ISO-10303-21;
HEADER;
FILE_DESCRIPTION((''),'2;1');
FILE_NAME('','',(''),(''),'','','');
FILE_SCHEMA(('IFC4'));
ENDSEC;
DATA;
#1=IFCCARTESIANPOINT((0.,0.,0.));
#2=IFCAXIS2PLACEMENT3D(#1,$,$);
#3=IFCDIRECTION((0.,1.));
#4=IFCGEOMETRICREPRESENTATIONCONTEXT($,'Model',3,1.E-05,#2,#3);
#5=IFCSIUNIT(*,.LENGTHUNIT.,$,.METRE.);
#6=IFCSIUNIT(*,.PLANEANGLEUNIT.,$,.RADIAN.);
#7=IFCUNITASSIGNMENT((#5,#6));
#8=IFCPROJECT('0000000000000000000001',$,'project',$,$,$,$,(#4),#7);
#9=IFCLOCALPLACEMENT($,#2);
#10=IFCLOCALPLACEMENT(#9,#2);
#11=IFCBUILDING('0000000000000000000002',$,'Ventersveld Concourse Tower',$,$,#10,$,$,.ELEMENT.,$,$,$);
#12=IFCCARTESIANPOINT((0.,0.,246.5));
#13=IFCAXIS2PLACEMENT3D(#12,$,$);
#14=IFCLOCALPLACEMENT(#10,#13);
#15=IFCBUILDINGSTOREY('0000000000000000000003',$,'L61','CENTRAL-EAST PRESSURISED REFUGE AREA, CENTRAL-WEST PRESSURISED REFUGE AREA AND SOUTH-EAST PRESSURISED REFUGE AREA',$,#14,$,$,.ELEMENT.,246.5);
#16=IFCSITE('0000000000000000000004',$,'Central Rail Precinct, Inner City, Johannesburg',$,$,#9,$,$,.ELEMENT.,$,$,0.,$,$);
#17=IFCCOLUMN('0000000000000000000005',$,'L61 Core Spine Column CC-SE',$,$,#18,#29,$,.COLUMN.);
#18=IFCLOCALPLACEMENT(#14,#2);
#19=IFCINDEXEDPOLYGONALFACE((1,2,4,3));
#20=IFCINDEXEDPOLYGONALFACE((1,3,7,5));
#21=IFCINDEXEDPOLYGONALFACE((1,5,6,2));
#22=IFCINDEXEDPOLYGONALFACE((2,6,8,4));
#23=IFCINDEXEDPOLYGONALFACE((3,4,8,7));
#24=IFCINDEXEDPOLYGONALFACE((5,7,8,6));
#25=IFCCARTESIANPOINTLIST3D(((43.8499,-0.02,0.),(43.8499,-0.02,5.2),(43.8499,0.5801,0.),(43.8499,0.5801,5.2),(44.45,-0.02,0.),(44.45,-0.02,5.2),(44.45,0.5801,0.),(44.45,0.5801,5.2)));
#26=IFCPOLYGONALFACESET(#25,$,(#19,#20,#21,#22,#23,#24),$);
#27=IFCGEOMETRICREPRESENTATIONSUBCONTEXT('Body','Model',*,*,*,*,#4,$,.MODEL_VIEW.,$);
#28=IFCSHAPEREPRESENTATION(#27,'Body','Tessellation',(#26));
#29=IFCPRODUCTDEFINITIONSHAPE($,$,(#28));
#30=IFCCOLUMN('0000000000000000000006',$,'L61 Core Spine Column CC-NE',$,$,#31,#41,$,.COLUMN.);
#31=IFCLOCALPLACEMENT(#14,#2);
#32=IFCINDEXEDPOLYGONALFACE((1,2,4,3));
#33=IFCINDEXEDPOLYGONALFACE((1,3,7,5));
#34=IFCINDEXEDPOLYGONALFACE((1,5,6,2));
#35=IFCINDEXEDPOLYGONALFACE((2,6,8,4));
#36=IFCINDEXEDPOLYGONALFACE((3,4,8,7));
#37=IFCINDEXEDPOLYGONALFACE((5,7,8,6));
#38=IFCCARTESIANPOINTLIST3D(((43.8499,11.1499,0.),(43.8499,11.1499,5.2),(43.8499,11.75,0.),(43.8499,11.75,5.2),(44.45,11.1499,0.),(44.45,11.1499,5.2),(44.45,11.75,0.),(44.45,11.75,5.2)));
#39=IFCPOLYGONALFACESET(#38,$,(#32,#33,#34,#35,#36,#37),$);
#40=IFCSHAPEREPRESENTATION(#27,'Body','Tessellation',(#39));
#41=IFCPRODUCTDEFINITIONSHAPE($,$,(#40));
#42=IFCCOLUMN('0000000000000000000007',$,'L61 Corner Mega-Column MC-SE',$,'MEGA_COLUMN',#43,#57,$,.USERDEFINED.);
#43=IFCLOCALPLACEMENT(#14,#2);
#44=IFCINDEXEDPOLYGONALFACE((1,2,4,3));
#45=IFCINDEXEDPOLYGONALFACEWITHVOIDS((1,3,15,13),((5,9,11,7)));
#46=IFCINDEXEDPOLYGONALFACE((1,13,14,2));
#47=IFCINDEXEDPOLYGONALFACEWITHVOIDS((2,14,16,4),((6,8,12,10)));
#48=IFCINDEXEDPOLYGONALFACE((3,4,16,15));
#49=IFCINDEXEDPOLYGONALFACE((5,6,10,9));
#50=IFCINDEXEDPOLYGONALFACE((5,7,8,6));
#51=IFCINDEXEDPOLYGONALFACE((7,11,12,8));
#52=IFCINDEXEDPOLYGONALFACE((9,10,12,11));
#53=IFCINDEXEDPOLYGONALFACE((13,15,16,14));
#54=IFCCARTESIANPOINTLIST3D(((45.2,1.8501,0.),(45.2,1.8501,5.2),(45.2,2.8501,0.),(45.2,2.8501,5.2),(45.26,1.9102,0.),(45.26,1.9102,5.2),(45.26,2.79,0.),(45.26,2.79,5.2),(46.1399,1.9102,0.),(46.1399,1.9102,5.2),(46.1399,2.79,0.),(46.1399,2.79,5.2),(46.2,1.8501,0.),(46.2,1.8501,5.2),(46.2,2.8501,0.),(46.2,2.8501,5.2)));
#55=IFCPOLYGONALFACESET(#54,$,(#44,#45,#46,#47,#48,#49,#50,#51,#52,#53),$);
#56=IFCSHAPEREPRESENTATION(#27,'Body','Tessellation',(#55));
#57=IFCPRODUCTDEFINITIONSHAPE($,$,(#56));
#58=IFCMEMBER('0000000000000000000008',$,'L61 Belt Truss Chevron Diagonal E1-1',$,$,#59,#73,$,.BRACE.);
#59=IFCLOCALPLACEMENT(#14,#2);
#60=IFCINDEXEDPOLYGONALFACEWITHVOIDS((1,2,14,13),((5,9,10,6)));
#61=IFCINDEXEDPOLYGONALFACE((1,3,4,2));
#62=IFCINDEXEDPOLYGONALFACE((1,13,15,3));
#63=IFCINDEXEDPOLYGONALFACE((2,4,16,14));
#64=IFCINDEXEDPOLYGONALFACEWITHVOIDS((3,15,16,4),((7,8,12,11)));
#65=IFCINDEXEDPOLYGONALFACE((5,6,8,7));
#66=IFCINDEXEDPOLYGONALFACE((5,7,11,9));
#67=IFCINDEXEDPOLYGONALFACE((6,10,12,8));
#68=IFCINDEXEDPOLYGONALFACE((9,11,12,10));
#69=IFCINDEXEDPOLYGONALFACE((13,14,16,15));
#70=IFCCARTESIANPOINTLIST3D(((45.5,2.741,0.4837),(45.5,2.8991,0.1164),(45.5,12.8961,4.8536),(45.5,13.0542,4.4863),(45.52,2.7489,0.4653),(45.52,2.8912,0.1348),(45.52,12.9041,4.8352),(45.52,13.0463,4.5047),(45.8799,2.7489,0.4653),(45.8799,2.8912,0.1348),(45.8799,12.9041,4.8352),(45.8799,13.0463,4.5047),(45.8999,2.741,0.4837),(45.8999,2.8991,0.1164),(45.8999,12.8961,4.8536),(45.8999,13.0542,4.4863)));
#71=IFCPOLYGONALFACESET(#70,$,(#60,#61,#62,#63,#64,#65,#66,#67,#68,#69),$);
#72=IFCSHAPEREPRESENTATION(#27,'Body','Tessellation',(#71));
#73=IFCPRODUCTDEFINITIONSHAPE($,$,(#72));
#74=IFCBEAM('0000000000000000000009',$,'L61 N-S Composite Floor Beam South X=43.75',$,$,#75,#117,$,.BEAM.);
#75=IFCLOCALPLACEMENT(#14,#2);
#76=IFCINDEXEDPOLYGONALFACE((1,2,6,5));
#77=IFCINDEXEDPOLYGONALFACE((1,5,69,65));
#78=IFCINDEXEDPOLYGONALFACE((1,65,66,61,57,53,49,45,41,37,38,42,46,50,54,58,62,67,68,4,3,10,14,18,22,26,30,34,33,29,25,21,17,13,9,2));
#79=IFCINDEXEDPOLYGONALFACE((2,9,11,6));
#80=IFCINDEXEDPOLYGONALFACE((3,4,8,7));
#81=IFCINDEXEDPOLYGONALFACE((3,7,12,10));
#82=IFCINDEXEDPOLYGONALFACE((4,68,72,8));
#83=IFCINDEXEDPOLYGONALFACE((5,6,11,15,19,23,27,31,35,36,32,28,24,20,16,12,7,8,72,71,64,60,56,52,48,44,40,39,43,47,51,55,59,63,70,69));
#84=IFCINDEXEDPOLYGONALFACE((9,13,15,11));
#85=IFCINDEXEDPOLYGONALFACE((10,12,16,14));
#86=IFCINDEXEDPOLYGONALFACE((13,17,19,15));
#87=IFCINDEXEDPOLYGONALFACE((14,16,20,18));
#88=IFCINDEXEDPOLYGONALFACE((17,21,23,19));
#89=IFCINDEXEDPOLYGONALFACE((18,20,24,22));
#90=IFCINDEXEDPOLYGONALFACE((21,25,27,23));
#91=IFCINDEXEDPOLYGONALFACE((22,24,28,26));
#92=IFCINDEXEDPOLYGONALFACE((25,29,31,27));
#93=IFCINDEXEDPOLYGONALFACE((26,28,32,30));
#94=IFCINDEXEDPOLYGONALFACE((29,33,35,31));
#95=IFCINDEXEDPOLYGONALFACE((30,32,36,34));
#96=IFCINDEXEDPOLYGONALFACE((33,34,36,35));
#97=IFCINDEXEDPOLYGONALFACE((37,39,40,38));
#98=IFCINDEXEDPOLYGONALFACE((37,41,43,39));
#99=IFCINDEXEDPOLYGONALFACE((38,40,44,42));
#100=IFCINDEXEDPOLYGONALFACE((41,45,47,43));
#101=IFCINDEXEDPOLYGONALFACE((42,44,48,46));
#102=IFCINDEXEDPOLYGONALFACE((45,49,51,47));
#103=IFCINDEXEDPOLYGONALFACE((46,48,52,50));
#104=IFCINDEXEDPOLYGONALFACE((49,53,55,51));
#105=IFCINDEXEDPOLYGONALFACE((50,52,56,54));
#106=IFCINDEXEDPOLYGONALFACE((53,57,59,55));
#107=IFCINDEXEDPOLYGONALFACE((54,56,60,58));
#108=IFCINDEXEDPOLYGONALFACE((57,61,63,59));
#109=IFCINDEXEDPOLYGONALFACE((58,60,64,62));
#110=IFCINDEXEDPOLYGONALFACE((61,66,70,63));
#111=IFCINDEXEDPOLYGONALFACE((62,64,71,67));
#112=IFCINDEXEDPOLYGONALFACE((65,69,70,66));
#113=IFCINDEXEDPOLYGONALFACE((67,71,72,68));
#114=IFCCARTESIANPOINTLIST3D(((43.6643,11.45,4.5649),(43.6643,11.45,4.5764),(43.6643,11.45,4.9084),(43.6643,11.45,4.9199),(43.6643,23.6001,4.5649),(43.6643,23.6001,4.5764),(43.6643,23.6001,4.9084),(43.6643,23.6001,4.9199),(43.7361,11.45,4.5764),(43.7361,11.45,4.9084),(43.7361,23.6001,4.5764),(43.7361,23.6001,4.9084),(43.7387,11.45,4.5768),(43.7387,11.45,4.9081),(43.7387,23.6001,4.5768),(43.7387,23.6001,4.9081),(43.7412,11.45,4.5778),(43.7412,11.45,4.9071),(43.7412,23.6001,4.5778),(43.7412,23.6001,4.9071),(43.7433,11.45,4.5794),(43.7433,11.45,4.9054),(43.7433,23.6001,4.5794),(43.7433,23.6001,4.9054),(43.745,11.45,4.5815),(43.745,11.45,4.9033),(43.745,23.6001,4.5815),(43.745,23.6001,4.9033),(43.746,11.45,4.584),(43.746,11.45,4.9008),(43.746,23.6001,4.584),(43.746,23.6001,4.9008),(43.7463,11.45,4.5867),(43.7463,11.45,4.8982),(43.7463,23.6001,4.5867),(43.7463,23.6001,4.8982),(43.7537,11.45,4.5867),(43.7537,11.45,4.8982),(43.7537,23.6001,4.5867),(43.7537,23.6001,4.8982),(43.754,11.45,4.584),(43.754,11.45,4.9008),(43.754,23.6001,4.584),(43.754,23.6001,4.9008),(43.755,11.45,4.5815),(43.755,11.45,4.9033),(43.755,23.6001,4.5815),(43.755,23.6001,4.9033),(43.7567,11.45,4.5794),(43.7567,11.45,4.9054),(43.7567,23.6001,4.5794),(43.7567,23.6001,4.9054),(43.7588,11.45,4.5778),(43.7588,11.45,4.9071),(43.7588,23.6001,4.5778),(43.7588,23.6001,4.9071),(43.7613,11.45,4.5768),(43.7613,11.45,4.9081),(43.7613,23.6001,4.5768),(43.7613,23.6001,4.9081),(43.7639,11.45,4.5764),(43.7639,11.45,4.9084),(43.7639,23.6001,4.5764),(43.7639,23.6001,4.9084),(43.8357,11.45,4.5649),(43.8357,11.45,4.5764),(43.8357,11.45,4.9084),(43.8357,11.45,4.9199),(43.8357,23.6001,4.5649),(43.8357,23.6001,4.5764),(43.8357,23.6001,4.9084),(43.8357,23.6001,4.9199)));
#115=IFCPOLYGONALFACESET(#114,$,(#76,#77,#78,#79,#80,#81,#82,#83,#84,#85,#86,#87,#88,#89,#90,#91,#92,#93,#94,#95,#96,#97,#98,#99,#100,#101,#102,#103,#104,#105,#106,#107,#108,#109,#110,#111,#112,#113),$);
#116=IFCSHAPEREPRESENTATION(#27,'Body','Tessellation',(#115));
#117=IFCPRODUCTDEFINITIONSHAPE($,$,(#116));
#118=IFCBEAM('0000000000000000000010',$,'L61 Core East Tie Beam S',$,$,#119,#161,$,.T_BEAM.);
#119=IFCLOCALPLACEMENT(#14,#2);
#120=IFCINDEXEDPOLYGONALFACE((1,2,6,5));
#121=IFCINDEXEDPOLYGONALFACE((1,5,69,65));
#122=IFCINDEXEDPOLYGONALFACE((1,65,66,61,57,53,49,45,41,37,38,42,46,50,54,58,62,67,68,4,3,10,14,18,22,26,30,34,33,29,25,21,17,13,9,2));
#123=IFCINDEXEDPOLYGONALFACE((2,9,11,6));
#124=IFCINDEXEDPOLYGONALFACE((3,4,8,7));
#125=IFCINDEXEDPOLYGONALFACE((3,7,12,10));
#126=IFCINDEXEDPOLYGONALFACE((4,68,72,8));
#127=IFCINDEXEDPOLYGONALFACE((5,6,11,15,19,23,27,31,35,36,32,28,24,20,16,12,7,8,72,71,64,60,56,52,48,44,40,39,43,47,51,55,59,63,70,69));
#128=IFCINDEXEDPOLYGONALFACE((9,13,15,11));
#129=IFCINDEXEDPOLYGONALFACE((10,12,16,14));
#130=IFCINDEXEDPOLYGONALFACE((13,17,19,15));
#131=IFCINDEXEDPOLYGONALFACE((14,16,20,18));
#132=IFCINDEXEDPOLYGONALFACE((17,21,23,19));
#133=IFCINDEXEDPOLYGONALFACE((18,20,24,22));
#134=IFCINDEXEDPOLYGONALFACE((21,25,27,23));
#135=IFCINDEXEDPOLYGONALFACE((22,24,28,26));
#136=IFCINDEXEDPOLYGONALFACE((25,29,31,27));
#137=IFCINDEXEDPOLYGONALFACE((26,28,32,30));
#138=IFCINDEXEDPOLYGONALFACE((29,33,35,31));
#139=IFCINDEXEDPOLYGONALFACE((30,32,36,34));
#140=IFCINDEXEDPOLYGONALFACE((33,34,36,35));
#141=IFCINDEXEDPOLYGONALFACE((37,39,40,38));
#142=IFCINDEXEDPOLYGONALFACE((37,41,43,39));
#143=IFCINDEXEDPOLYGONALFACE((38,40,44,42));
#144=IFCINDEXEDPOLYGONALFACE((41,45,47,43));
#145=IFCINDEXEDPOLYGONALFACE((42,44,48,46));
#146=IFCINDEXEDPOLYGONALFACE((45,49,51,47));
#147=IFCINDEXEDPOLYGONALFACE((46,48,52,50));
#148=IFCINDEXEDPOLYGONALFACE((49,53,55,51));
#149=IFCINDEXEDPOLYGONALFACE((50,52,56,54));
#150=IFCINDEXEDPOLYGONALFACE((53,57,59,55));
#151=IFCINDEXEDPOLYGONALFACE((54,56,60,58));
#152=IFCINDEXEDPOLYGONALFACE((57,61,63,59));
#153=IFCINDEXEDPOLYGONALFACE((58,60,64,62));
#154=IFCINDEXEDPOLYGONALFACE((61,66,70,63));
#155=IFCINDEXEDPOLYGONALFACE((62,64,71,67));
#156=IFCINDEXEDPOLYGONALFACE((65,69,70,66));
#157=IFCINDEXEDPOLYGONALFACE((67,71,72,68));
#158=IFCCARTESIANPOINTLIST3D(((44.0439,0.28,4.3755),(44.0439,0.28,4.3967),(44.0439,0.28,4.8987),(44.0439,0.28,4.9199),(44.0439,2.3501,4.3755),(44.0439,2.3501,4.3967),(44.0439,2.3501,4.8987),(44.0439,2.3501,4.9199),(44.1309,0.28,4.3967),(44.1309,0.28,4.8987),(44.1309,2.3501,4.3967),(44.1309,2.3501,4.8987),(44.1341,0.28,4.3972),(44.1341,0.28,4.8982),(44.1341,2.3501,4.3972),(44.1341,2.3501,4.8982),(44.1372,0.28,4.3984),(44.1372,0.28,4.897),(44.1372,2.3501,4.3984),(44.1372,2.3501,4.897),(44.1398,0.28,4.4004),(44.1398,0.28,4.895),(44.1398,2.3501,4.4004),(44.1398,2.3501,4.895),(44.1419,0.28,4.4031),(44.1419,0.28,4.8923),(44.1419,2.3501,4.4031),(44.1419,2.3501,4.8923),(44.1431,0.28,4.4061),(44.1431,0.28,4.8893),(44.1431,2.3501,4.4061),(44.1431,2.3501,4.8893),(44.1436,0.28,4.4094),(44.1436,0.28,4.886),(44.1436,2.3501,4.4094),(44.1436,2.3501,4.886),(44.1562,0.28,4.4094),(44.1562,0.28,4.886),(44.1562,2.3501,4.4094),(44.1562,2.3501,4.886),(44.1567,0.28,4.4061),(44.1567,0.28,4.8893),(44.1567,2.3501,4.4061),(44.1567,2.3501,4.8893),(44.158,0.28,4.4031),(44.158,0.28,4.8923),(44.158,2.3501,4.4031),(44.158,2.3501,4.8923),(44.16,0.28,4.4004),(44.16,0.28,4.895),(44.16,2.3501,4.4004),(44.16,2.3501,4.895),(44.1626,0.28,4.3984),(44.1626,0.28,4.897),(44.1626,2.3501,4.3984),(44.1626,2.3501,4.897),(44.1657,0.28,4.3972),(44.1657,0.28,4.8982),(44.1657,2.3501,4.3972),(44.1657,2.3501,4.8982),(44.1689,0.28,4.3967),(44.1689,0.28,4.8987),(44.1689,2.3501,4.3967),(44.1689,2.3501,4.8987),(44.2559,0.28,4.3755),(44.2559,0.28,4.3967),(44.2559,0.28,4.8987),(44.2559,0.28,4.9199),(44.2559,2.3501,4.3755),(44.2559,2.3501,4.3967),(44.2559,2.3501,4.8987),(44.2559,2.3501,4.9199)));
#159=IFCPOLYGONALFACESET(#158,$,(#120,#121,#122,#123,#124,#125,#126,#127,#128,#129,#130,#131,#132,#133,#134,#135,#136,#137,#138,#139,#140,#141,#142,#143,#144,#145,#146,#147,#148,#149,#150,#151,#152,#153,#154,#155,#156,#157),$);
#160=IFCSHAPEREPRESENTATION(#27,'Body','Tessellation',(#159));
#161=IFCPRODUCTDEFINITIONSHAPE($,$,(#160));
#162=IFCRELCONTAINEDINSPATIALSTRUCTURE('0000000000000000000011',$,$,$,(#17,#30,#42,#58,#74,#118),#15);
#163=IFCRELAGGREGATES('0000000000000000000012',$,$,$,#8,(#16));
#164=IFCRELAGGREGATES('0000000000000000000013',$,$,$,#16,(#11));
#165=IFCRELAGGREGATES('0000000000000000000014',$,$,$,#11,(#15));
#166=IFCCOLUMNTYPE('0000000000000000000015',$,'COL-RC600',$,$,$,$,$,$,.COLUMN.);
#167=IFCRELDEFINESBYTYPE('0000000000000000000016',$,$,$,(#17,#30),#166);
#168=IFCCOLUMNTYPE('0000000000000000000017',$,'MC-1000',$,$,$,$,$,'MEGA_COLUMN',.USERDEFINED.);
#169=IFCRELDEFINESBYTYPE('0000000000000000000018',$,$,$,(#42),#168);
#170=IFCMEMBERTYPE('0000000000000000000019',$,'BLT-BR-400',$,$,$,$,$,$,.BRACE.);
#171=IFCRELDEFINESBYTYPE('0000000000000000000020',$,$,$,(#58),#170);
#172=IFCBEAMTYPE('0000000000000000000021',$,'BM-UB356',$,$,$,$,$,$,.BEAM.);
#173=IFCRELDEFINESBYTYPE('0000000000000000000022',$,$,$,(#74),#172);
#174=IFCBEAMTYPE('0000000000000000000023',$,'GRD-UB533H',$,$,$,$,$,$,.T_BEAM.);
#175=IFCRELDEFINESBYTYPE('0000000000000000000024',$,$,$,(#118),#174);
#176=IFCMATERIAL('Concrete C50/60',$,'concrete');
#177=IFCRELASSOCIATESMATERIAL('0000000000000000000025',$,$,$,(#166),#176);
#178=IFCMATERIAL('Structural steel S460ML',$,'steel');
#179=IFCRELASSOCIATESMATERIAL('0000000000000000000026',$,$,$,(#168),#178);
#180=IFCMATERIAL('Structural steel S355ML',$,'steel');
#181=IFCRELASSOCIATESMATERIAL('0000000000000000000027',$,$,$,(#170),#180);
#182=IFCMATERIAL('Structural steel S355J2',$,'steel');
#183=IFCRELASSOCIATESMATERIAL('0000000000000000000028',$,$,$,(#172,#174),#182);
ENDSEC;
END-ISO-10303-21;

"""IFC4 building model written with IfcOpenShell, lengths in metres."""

from ifc_helpers import new_model, si_unit, direction, frame, origin, origin_2d, place, context, subcontext, project, spatial, rectangle, hollow_rectangle, i_section, extrude, material, material_profile, profile_set, type_object, element, save


model = new_model("IFC4")

# Units and contexts
model_context = context("Model", 3, precision=1e-05, world=origin(), true_north=direction((0.0, 1.0)))
body_context = subcontext(model_context, "Body", "Model", "MODEL_VIEW")
ifc_project = project(units=[si_unit("LENGTHUNIT", "METRE"), si_unit("PLANEANGLEUNIT", "RADIAN")], contexts=[model_context])

# Site, building, storey
site_placement = place(None, origin())
site = spatial("IfcSite", under=ifc_project, at=site_placement, Name="Central Rail Precinct, Inner City, Johannesburg", CompositionType="ELEMENT", RefElevation=0.0)
building_placement = place(site_placement, origin())
building = spatial("IfcBuilding", under=site, at=building_placement, Name="Ventersveld Concourse Tower", CompositionType="ELEMENT")
storey_placement = place(building_placement, frame((0.0, 0.0, 246.5)))
storey = spatial("IfcBuildingStorey", under=building, at=storey_placement, Name="L61", Description="CENTRAL-EAST PRESSURISED REFUGE AREA, CENTRAL-WEST PRESSURISED REFUGE AREA AND SOUTH-EAST PRESSURISED REFUGE AREA", CompositionType="ELEMENT", Elevation=246.5)

# Columns
ifc_material_1 = material(Name="Concrete C50/60", Category="concrete")
ifc_material_profile_1 = material_profile(ifc_material_1, rectangle(XDim=0.6001, YDim=0.6001, at=origin_2d()), Name="RC 600x600")
ifc_profile_set_1 = profile_set([ifc_material_profile_1], Name="Concrete C50/60")
column_type_1 = type_object("IfcColumnType", Name="COL-RC600", PredefinedType="COLUMN", material=ifc_profile_set_1)
for number, where, z_axis, x_axis, name in (
    (1, (44.1499, 0.28, 0.0), (0.0, 0.0, 1.0), (1.0, 0.0, 0.0), "L61 Core Spine Column CC-SE"),
    (2, (44.1499, 11.45, 0.0), (0.0, 0.0, 1.0), (1.0, 0.0, 0.0), "L61 Core Spine Column CC-NE"),
):
    element("IfcColumn", number, at=place(storey_placement, frame(where, z_axis=z_axis, x_axis=x_axis)), inside=storey, type_object=column_type_1, Name=name, PredefinedType="COLUMN", context=body_context, shape_type="SweptSolid", body=[
        extrude(rectangle(XDim=0.6001, YDim=0.6001, at=origin_2d()), origin(), (0.0, 0.0, 1.0), 5.2),
    ])
ifc_material_2 = material(Name="Structural steel S460ML", Category="steel")
ifc_material_profile_2 = material_profile(ifc_material_2, hollow_rectangle(XDim=1.0, YDim=1.0, WallThickness=0.0601, at=origin_2d()), Name="BOX 1000x1000x60")
ifc_profile_set_2 = profile_set([ifc_material_profile_2], Name="Structural steel S460ML")
column_type_2 = type_object("IfcColumnType", Name="MC-1000", ElementType="MEGA_COLUMN", PredefinedType="USERDEFINED", material=ifc_profile_set_2)
column_placement = place(storey_placement, frame((45.7, 2.3501, 0.0), z_axis=(0.0, 0.0, 1.0), x_axis=(1.0, 0.0, 0.0)))
element("IfcColumn", 3, at=column_placement, inside=storey, type_object=column_type_2, Name="L61 Corner Mega-Column MC-SE", ObjectType="MEGA_COLUMN", PredefinedType="USERDEFINED", context=body_context, shape_type="SweptSolid", body=[
    extrude(hollow_rectangle(XDim=1.0, YDim=1.0, WallThickness=0.0601, at=origin_2d()), origin(), (0.0, 0.0, 1.0), 5.2),
])

# Member
ifc_material_3 = material(Name="Structural steel S355ML", Category="steel")
ifc_material_profile_3 = material_profile(ifc_material_3, hollow_rectangle(XDim=0.3999, YDim=0.3999, WallThickness=0.02, at=origin_2d()), Name="SHS 400x400x20")
ifc_profile_set_3 = profile_set([ifc_material_profile_3], Name="Structural steel S355ML")
member_type_1 = type_object("IfcMemberType", Name="BLT-BR-400", PredefinedType="BRACE", material=ifc_profile_set_3)
member_1_placement = place(storey_placement, frame((45.7, 2.8201, 0.3), z_axis=(0.0, 0.918564, 0.395273), x_axis=(-1.0, 0.0, 0.0)))
element("IfcMember", 4, at=member_1_placement, inside=storey, type_object=member_type_1, Name="L61 Belt Truss Chevron Diagonal E1-1", PredefinedType="BRACE", context=body_context, shape_type="SweptSolid", body=[
    extrude(hollow_rectangle(XDim=0.3999, YDim=0.3999, WallThickness=0.02, at=origin_2d()), origin(), (0.0, 0.0, 1.0), 11.0554),
])

# Beams
ifc_material_4 = material(Name="Structural steel S355J2", Category="steel")
ifc_material_profile_4 = material_profile(ifc_material_4, i_section(OverallWidth=0.1714, OverallDepth=0.355, WebThickness=0.0073, FlangeThickness=0.0115, FilletRadius=0.0103, at=origin_2d()), Name="UB 356x171x51")
ifc_profile_set_4 = profile_set([ifc_material_profile_4], Name="Structural steel S355J2")
beam_type_1 = type_object("IfcBeamType", Name="BM-UB356", PredefinedType="BEAM", material=ifc_profile_set_4)
beam_1_placement = place(storey_placement, frame((43.75, 11.45, 4.7424), z_axis=(0.0, 1.0, 0.0), x_axis=(-1.0, 0.0, 0.0)))
element("IfcBeam", 5, at=beam_1_placement, inside=storey, type_object=beam_type_1, Name="L61 N-S Composite Floor Beam South X=43.75", PredefinedType="BEAM", context=body_context, shape_type="SweptSolid", body=[
    extrude(i_section(OverallWidth=0.1714, OverallDepth=0.355, WebThickness=0.0073, FlangeThickness=0.0115, FilletRadius=0.0103, at=origin_2d()), origin(), (0.0, 0.0, 1.0), 12.1501),
])
ifc_material_profile_5 = material_profile(ifc_material_4, i_section(OverallWidth=0.2119, OverallDepth=0.5444, WebThickness=0.0127, FlangeThickness=0.0212, FilletRadius=0.0127, at=origin_2d()), Name="UB 533x210x122")
ifc_profile_set_5 = profile_set([ifc_material_profile_5], Name="Structural steel S355J2")
beam_type_2 = type_object("IfcBeamType", Name="GRD-UB533H", PredefinedType="T_BEAM", material=ifc_profile_set_5)
beam_2_placement = place(storey_placement, frame((44.1499, 0.28, 4.6477), z_axis=(0.0, 1.0, 0.0), x_axis=(-1.0, 0.0, 0.0)))
element("IfcBeam", 6, at=beam_2_placement, inside=storey, type_object=beam_type_2, Name="L61 Core East Tie Beam S", PredefinedType="T_BEAM", context=body_context, shape_type="SweptSolid", body=[
    extrude(i_section(OverallWidth=0.2119, OverallDepth=0.5444, WebThickness=0.0127, FlangeThickness=0.0212, FilletRadius=0.0127, at=origin_2d()), origin(), (0.0, 0.0, 1.0), 2.0701),
])

save(model, "model.ifc")
